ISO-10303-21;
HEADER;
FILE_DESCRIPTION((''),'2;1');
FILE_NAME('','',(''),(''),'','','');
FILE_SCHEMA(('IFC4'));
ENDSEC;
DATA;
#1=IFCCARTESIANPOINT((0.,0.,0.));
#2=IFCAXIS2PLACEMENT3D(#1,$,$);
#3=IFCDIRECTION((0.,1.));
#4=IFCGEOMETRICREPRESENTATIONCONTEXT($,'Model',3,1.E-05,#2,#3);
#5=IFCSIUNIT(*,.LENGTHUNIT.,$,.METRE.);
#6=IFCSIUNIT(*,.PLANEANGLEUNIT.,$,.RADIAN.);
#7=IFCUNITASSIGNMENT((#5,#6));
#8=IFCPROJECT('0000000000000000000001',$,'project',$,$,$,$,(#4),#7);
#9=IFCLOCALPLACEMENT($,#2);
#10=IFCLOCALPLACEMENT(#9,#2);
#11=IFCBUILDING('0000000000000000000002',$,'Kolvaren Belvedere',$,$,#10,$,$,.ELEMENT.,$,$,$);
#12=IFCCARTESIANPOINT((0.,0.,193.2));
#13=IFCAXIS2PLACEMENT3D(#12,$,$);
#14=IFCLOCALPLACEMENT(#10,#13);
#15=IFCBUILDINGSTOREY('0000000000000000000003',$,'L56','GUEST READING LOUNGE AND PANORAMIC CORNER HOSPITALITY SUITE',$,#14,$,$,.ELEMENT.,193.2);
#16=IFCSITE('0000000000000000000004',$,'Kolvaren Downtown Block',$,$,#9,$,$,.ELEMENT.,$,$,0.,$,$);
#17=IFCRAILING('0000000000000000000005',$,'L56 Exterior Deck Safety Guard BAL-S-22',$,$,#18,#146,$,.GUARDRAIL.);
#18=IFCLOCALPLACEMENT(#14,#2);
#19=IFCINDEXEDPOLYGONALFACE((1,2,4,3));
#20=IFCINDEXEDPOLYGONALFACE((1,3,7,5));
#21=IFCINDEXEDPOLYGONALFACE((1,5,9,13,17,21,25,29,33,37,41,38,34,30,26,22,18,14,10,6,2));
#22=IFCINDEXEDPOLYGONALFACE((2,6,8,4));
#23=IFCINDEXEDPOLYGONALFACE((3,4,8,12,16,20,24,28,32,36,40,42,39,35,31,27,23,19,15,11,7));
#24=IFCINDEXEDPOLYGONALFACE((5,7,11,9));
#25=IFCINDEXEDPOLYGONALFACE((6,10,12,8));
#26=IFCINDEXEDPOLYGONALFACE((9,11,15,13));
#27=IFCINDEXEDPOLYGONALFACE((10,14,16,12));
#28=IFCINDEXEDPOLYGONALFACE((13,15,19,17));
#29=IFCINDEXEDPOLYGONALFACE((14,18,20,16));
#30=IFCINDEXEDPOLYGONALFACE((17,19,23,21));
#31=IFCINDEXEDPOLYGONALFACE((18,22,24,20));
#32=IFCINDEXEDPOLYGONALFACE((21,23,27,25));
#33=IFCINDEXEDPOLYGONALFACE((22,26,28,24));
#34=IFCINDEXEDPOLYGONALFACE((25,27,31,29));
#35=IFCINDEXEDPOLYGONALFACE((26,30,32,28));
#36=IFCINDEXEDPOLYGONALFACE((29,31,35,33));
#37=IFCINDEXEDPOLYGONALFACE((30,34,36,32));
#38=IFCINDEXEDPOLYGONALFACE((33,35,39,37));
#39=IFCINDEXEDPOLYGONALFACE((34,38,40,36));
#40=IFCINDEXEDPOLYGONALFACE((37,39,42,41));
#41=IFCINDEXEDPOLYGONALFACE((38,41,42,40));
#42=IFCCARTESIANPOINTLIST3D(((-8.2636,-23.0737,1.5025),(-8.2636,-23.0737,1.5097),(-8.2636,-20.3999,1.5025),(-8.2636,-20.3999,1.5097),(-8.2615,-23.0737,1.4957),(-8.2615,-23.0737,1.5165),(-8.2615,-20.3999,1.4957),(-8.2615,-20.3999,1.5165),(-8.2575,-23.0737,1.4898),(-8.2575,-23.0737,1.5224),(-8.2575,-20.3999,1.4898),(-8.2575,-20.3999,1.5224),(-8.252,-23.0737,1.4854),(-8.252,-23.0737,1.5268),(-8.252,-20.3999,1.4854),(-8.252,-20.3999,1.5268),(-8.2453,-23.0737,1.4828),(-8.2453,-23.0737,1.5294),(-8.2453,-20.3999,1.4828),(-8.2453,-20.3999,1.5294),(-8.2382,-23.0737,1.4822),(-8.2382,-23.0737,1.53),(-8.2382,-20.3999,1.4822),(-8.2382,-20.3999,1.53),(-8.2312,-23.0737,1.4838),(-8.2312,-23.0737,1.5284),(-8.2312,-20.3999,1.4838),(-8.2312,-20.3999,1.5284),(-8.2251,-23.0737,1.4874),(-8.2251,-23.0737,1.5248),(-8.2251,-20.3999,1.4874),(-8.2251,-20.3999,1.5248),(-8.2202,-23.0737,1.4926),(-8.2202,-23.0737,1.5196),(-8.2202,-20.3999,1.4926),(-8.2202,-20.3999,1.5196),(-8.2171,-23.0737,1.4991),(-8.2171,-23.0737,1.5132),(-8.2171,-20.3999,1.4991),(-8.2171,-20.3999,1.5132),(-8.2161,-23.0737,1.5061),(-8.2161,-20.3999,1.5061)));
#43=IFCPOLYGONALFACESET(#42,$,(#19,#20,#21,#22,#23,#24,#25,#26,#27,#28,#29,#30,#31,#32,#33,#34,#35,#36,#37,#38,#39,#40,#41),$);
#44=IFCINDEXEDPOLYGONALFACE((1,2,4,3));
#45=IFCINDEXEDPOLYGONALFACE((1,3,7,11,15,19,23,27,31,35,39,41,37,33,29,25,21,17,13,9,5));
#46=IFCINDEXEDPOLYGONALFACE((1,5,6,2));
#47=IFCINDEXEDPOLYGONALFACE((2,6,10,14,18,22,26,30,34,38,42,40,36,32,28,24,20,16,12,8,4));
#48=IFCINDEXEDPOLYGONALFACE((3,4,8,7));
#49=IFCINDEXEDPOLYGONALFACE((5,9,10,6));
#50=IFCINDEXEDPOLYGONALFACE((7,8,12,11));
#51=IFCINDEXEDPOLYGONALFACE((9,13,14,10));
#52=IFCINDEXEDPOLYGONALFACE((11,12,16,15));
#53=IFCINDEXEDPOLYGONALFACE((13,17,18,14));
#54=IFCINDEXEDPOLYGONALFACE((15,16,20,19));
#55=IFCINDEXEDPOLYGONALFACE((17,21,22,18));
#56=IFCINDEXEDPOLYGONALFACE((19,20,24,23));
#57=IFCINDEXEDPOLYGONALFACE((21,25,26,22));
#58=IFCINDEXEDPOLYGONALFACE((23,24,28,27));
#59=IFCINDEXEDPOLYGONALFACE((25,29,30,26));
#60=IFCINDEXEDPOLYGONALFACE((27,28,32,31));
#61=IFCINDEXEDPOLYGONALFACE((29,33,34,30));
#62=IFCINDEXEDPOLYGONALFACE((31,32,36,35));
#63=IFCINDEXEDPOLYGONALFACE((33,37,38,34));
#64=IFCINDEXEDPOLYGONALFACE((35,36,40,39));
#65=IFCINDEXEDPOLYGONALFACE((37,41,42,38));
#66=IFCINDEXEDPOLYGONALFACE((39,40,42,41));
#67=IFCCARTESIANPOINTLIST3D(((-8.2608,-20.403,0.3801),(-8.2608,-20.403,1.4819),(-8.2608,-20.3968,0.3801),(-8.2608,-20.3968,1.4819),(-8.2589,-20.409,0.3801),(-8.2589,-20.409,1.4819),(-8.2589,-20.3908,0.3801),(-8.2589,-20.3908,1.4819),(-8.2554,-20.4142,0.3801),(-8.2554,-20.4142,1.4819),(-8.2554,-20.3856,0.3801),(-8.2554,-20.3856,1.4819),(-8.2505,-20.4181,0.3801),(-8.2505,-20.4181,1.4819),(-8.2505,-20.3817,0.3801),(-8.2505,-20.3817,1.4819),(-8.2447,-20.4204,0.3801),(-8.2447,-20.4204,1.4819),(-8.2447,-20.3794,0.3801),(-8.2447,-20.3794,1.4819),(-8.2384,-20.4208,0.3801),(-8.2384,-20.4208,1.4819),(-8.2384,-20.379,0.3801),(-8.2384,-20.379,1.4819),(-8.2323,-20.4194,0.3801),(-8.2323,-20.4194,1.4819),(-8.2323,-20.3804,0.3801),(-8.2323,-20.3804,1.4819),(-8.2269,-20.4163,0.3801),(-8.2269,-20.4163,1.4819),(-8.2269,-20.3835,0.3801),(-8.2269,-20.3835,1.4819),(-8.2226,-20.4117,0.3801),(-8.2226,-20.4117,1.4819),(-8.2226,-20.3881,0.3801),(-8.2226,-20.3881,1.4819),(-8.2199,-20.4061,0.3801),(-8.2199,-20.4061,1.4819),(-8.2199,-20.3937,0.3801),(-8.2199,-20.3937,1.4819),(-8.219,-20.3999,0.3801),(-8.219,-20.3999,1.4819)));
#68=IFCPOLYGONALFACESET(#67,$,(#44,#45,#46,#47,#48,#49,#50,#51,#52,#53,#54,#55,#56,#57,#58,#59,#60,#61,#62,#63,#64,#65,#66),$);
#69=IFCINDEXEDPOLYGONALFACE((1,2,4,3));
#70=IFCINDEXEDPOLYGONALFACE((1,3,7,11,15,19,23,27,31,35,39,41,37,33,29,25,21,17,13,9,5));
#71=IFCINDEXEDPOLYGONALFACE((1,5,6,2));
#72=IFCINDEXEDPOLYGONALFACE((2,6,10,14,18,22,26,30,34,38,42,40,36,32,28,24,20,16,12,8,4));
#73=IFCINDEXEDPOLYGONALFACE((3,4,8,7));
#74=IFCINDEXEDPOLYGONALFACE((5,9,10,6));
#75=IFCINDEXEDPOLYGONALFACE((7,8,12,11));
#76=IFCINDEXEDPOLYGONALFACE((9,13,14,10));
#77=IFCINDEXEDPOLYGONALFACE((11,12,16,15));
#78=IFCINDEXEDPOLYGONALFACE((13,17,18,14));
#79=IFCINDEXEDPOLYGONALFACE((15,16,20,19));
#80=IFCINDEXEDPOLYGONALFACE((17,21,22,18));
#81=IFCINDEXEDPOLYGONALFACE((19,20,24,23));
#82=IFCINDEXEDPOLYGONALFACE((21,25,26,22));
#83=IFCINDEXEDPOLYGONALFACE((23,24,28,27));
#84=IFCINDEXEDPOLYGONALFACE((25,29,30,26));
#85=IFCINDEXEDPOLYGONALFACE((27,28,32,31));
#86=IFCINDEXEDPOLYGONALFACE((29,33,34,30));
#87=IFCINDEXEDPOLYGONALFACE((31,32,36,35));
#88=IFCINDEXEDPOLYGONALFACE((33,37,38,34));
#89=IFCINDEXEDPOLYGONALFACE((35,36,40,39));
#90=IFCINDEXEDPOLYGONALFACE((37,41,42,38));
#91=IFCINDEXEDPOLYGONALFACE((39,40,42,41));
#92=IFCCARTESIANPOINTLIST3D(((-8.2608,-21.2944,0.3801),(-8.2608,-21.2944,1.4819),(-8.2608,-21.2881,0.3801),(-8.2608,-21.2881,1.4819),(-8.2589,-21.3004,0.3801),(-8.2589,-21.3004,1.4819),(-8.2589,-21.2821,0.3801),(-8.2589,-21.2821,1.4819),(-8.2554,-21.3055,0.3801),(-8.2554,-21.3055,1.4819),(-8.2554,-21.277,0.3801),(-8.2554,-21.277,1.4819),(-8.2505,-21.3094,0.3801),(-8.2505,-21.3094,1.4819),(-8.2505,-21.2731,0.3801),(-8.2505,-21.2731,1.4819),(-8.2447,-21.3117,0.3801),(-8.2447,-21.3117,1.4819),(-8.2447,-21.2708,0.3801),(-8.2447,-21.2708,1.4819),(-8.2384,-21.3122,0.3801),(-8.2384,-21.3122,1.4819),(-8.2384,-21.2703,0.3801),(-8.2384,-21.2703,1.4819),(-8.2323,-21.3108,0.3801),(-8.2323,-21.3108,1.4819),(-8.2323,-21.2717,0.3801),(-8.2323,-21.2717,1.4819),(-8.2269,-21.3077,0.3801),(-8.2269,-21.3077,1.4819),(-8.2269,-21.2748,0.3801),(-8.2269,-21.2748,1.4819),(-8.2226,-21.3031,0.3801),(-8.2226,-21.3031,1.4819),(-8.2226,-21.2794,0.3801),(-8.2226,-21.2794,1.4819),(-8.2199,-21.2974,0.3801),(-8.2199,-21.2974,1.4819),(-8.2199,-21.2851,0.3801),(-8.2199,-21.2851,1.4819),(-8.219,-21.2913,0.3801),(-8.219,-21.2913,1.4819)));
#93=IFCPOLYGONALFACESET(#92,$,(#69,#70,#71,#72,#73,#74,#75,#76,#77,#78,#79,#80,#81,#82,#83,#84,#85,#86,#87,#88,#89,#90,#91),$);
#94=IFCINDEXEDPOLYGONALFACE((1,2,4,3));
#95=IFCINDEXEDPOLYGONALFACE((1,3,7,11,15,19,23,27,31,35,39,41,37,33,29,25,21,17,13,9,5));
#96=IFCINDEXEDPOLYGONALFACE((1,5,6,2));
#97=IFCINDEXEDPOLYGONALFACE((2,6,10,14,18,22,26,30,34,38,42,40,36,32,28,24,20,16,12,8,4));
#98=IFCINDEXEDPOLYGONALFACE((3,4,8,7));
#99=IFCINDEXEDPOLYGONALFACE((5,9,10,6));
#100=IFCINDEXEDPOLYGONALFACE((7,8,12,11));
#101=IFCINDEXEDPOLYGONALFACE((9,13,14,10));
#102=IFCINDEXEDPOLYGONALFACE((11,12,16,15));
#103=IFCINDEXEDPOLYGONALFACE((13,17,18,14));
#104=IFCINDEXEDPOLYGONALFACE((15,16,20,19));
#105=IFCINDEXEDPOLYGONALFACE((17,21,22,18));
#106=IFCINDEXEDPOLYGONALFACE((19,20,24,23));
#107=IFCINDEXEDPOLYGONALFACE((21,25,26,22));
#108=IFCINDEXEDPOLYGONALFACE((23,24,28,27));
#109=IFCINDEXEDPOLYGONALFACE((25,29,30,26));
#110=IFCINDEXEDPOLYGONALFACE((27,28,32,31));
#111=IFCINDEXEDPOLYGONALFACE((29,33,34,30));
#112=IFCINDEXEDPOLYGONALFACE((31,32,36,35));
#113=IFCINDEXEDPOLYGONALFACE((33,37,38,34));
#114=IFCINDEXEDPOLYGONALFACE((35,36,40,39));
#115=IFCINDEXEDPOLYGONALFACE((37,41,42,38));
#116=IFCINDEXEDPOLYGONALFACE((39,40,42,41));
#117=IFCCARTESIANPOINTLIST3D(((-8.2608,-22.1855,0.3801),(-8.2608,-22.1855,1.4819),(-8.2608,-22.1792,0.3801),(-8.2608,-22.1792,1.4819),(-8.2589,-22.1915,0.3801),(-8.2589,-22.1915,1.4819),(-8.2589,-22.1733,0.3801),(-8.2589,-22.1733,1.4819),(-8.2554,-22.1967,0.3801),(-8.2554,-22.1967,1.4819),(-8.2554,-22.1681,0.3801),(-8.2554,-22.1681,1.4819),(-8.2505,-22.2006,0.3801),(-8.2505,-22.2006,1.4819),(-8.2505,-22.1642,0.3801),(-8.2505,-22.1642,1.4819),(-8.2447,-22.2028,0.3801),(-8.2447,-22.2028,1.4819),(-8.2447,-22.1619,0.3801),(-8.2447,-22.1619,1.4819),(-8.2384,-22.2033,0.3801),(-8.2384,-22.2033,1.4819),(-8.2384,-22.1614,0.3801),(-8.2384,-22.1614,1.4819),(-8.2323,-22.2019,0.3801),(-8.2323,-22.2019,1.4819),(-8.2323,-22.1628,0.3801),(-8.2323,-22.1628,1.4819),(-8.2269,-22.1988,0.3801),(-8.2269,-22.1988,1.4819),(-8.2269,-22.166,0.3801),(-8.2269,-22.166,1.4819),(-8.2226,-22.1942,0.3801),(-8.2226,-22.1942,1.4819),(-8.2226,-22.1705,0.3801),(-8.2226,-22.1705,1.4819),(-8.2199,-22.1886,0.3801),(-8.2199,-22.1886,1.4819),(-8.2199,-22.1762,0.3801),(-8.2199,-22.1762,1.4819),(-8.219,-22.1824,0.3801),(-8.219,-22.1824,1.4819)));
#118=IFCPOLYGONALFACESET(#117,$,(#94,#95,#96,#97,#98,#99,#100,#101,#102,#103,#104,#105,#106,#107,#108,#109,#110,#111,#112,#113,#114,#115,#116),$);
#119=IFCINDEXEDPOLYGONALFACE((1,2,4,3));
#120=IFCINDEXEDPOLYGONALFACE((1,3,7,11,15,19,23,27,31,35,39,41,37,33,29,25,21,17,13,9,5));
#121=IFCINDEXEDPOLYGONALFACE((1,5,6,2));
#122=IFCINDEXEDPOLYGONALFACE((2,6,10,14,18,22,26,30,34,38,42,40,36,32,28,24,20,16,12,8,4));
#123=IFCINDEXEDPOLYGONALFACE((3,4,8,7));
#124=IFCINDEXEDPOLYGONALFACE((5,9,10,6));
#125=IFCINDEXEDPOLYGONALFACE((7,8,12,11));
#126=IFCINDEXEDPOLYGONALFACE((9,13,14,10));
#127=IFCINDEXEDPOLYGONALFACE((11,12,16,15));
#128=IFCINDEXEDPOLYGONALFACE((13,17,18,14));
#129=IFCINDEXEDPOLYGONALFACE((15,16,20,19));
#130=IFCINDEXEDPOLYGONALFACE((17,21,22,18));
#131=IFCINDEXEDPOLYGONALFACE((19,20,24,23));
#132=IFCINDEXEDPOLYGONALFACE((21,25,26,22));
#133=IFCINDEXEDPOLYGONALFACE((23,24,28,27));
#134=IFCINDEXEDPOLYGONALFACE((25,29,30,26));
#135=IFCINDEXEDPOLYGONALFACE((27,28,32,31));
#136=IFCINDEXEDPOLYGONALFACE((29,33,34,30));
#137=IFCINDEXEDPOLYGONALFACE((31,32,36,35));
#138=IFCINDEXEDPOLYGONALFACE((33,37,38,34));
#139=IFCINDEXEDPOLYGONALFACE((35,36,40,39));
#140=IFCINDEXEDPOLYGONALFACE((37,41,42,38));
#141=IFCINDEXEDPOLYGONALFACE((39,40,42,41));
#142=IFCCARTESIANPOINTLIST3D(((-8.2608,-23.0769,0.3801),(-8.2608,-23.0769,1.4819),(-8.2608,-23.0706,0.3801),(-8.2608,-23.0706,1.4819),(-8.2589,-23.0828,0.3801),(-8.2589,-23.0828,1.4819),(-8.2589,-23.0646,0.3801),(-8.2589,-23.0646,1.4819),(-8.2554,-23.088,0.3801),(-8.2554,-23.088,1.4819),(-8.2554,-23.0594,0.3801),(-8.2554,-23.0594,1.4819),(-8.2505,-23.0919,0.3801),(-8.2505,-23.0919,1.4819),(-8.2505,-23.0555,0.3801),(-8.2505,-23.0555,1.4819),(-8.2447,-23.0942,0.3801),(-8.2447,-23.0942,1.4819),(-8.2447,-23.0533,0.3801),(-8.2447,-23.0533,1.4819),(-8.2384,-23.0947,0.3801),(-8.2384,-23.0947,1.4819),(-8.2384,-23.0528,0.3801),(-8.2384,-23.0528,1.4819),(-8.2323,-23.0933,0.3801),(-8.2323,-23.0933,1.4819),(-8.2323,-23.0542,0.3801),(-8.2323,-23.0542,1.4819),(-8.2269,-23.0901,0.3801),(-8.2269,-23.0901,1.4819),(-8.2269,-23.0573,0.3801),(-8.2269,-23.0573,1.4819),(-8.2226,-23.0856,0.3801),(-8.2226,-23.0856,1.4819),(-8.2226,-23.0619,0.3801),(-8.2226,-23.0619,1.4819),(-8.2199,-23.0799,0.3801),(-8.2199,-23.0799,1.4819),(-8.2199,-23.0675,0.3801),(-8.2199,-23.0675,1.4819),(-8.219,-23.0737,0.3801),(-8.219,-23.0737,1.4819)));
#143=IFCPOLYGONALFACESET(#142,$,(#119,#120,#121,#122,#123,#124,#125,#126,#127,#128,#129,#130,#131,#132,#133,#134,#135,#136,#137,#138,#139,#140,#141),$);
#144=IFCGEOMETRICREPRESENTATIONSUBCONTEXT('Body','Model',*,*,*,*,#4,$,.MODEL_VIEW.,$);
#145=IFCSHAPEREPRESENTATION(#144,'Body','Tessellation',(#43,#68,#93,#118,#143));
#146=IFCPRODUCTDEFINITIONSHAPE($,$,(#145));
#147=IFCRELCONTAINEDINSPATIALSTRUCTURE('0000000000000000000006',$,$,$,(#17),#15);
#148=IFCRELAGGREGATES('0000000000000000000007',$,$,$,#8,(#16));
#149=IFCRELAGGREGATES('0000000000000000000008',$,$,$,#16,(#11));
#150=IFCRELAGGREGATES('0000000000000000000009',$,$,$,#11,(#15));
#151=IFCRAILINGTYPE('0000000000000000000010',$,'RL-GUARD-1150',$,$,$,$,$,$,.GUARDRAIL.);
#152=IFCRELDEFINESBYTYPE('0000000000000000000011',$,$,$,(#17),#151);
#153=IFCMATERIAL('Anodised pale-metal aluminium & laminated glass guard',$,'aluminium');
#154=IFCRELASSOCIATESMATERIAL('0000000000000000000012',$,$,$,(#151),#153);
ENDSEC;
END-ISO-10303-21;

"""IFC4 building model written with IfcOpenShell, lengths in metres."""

from ifc_helpers import new_model, si_unit, direction, frame, origin, origin_2d, place, context, subcontext, project, spatial, circle, extrude, material, type_object, element, save


model = new_model("IFC4")

# Units and contexts
model_context = context("Model", 3, precision=1e-05, world=origin(), true_north=direction((0.0, 1.0)))
body_context = subcontext(model_context, "Body", "Model", "MODEL_VIEW")
ifc_project = project(units=[si_unit("LENGTHUNIT", "METRE"), si_unit("PLANEANGLEUNIT", "RADIAN")], contexts=[model_context])

# Site, building, storey
site_placement = place(None, origin())
site = spatial("IfcSite", under=ifc_project, at=site_placement, Name="Kolvaren Downtown Block", CompositionType="ELEMENT", RefElevation=0.0)
building_placement = place(site_placement, origin())
building = spatial("IfcBuilding", under=site, at=building_placement, Name="Kolvaren Belvedere", CompositionType="ELEMENT")
storey_placement = place(building_placement, frame((0.0, 0.0, 193.2)))
storey = spatial("IfcBuildingStorey", under=building, at=storey_placement, Name="L56", Description="GUEST READING LOUNGE AND PANORAMIC CORNER HOSPITALITY SUITE", CompositionType="ELEMENT", Elevation=193.2)

# Railing
ifc_material_1 = material(Name="Anodised pale-metal aluminium & laminated glass guard", Category="aluminium")
railing_type = type_object("IfcRailingType", Name="RL-GUARD-1150", PredefinedType="GUARDRAIL", material=ifc_material_1)
railing_1_placement = place(storey_placement, frame((-8.24, -20.3999, 0.3801)))
element("IfcRailing", 1, at=railing_1_placement, inside=storey, type_object=railing_type, Name="L56 Exterior Deck Safety Guard BAL-S-22", PredefinedType="GUARDRAIL", context=body_context, shape_type="SweptSolid", body=[
    extrude(circle(Radius=0.0239, at=origin_2d()), frame((0.0, 0.0, 1.126), z_axis=(0.0, -1.0, 0.0), x_axis=(1.0, 0.0, 0.0)), (0.0, 0.0, 1.0), 2.6738),
    extrude(circle(Radius=0.021, at=origin_2d()), origin(), (0.0, 0.0, 1.0), 1.1018),
    extrude(circle(Radius=0.021, at=origin_2d()), frame((0.0, -0.8914, 0.0)), (0.0, 0.0, 1.0), 1.1018),
    extrude(circle(Radius=0.021, at=origin_2d()), frame((0.0, -1.7825, 0.0)), (0.0, 0.0, 1.0), 1.1018),
    extrude(circle(Radius=0.021, at=origin_2d()), frame((0.0, -2.6738, 0.0)), (0.0, 0.0, 1.0), 1.1018),
])

save(model, "model.ifc")
